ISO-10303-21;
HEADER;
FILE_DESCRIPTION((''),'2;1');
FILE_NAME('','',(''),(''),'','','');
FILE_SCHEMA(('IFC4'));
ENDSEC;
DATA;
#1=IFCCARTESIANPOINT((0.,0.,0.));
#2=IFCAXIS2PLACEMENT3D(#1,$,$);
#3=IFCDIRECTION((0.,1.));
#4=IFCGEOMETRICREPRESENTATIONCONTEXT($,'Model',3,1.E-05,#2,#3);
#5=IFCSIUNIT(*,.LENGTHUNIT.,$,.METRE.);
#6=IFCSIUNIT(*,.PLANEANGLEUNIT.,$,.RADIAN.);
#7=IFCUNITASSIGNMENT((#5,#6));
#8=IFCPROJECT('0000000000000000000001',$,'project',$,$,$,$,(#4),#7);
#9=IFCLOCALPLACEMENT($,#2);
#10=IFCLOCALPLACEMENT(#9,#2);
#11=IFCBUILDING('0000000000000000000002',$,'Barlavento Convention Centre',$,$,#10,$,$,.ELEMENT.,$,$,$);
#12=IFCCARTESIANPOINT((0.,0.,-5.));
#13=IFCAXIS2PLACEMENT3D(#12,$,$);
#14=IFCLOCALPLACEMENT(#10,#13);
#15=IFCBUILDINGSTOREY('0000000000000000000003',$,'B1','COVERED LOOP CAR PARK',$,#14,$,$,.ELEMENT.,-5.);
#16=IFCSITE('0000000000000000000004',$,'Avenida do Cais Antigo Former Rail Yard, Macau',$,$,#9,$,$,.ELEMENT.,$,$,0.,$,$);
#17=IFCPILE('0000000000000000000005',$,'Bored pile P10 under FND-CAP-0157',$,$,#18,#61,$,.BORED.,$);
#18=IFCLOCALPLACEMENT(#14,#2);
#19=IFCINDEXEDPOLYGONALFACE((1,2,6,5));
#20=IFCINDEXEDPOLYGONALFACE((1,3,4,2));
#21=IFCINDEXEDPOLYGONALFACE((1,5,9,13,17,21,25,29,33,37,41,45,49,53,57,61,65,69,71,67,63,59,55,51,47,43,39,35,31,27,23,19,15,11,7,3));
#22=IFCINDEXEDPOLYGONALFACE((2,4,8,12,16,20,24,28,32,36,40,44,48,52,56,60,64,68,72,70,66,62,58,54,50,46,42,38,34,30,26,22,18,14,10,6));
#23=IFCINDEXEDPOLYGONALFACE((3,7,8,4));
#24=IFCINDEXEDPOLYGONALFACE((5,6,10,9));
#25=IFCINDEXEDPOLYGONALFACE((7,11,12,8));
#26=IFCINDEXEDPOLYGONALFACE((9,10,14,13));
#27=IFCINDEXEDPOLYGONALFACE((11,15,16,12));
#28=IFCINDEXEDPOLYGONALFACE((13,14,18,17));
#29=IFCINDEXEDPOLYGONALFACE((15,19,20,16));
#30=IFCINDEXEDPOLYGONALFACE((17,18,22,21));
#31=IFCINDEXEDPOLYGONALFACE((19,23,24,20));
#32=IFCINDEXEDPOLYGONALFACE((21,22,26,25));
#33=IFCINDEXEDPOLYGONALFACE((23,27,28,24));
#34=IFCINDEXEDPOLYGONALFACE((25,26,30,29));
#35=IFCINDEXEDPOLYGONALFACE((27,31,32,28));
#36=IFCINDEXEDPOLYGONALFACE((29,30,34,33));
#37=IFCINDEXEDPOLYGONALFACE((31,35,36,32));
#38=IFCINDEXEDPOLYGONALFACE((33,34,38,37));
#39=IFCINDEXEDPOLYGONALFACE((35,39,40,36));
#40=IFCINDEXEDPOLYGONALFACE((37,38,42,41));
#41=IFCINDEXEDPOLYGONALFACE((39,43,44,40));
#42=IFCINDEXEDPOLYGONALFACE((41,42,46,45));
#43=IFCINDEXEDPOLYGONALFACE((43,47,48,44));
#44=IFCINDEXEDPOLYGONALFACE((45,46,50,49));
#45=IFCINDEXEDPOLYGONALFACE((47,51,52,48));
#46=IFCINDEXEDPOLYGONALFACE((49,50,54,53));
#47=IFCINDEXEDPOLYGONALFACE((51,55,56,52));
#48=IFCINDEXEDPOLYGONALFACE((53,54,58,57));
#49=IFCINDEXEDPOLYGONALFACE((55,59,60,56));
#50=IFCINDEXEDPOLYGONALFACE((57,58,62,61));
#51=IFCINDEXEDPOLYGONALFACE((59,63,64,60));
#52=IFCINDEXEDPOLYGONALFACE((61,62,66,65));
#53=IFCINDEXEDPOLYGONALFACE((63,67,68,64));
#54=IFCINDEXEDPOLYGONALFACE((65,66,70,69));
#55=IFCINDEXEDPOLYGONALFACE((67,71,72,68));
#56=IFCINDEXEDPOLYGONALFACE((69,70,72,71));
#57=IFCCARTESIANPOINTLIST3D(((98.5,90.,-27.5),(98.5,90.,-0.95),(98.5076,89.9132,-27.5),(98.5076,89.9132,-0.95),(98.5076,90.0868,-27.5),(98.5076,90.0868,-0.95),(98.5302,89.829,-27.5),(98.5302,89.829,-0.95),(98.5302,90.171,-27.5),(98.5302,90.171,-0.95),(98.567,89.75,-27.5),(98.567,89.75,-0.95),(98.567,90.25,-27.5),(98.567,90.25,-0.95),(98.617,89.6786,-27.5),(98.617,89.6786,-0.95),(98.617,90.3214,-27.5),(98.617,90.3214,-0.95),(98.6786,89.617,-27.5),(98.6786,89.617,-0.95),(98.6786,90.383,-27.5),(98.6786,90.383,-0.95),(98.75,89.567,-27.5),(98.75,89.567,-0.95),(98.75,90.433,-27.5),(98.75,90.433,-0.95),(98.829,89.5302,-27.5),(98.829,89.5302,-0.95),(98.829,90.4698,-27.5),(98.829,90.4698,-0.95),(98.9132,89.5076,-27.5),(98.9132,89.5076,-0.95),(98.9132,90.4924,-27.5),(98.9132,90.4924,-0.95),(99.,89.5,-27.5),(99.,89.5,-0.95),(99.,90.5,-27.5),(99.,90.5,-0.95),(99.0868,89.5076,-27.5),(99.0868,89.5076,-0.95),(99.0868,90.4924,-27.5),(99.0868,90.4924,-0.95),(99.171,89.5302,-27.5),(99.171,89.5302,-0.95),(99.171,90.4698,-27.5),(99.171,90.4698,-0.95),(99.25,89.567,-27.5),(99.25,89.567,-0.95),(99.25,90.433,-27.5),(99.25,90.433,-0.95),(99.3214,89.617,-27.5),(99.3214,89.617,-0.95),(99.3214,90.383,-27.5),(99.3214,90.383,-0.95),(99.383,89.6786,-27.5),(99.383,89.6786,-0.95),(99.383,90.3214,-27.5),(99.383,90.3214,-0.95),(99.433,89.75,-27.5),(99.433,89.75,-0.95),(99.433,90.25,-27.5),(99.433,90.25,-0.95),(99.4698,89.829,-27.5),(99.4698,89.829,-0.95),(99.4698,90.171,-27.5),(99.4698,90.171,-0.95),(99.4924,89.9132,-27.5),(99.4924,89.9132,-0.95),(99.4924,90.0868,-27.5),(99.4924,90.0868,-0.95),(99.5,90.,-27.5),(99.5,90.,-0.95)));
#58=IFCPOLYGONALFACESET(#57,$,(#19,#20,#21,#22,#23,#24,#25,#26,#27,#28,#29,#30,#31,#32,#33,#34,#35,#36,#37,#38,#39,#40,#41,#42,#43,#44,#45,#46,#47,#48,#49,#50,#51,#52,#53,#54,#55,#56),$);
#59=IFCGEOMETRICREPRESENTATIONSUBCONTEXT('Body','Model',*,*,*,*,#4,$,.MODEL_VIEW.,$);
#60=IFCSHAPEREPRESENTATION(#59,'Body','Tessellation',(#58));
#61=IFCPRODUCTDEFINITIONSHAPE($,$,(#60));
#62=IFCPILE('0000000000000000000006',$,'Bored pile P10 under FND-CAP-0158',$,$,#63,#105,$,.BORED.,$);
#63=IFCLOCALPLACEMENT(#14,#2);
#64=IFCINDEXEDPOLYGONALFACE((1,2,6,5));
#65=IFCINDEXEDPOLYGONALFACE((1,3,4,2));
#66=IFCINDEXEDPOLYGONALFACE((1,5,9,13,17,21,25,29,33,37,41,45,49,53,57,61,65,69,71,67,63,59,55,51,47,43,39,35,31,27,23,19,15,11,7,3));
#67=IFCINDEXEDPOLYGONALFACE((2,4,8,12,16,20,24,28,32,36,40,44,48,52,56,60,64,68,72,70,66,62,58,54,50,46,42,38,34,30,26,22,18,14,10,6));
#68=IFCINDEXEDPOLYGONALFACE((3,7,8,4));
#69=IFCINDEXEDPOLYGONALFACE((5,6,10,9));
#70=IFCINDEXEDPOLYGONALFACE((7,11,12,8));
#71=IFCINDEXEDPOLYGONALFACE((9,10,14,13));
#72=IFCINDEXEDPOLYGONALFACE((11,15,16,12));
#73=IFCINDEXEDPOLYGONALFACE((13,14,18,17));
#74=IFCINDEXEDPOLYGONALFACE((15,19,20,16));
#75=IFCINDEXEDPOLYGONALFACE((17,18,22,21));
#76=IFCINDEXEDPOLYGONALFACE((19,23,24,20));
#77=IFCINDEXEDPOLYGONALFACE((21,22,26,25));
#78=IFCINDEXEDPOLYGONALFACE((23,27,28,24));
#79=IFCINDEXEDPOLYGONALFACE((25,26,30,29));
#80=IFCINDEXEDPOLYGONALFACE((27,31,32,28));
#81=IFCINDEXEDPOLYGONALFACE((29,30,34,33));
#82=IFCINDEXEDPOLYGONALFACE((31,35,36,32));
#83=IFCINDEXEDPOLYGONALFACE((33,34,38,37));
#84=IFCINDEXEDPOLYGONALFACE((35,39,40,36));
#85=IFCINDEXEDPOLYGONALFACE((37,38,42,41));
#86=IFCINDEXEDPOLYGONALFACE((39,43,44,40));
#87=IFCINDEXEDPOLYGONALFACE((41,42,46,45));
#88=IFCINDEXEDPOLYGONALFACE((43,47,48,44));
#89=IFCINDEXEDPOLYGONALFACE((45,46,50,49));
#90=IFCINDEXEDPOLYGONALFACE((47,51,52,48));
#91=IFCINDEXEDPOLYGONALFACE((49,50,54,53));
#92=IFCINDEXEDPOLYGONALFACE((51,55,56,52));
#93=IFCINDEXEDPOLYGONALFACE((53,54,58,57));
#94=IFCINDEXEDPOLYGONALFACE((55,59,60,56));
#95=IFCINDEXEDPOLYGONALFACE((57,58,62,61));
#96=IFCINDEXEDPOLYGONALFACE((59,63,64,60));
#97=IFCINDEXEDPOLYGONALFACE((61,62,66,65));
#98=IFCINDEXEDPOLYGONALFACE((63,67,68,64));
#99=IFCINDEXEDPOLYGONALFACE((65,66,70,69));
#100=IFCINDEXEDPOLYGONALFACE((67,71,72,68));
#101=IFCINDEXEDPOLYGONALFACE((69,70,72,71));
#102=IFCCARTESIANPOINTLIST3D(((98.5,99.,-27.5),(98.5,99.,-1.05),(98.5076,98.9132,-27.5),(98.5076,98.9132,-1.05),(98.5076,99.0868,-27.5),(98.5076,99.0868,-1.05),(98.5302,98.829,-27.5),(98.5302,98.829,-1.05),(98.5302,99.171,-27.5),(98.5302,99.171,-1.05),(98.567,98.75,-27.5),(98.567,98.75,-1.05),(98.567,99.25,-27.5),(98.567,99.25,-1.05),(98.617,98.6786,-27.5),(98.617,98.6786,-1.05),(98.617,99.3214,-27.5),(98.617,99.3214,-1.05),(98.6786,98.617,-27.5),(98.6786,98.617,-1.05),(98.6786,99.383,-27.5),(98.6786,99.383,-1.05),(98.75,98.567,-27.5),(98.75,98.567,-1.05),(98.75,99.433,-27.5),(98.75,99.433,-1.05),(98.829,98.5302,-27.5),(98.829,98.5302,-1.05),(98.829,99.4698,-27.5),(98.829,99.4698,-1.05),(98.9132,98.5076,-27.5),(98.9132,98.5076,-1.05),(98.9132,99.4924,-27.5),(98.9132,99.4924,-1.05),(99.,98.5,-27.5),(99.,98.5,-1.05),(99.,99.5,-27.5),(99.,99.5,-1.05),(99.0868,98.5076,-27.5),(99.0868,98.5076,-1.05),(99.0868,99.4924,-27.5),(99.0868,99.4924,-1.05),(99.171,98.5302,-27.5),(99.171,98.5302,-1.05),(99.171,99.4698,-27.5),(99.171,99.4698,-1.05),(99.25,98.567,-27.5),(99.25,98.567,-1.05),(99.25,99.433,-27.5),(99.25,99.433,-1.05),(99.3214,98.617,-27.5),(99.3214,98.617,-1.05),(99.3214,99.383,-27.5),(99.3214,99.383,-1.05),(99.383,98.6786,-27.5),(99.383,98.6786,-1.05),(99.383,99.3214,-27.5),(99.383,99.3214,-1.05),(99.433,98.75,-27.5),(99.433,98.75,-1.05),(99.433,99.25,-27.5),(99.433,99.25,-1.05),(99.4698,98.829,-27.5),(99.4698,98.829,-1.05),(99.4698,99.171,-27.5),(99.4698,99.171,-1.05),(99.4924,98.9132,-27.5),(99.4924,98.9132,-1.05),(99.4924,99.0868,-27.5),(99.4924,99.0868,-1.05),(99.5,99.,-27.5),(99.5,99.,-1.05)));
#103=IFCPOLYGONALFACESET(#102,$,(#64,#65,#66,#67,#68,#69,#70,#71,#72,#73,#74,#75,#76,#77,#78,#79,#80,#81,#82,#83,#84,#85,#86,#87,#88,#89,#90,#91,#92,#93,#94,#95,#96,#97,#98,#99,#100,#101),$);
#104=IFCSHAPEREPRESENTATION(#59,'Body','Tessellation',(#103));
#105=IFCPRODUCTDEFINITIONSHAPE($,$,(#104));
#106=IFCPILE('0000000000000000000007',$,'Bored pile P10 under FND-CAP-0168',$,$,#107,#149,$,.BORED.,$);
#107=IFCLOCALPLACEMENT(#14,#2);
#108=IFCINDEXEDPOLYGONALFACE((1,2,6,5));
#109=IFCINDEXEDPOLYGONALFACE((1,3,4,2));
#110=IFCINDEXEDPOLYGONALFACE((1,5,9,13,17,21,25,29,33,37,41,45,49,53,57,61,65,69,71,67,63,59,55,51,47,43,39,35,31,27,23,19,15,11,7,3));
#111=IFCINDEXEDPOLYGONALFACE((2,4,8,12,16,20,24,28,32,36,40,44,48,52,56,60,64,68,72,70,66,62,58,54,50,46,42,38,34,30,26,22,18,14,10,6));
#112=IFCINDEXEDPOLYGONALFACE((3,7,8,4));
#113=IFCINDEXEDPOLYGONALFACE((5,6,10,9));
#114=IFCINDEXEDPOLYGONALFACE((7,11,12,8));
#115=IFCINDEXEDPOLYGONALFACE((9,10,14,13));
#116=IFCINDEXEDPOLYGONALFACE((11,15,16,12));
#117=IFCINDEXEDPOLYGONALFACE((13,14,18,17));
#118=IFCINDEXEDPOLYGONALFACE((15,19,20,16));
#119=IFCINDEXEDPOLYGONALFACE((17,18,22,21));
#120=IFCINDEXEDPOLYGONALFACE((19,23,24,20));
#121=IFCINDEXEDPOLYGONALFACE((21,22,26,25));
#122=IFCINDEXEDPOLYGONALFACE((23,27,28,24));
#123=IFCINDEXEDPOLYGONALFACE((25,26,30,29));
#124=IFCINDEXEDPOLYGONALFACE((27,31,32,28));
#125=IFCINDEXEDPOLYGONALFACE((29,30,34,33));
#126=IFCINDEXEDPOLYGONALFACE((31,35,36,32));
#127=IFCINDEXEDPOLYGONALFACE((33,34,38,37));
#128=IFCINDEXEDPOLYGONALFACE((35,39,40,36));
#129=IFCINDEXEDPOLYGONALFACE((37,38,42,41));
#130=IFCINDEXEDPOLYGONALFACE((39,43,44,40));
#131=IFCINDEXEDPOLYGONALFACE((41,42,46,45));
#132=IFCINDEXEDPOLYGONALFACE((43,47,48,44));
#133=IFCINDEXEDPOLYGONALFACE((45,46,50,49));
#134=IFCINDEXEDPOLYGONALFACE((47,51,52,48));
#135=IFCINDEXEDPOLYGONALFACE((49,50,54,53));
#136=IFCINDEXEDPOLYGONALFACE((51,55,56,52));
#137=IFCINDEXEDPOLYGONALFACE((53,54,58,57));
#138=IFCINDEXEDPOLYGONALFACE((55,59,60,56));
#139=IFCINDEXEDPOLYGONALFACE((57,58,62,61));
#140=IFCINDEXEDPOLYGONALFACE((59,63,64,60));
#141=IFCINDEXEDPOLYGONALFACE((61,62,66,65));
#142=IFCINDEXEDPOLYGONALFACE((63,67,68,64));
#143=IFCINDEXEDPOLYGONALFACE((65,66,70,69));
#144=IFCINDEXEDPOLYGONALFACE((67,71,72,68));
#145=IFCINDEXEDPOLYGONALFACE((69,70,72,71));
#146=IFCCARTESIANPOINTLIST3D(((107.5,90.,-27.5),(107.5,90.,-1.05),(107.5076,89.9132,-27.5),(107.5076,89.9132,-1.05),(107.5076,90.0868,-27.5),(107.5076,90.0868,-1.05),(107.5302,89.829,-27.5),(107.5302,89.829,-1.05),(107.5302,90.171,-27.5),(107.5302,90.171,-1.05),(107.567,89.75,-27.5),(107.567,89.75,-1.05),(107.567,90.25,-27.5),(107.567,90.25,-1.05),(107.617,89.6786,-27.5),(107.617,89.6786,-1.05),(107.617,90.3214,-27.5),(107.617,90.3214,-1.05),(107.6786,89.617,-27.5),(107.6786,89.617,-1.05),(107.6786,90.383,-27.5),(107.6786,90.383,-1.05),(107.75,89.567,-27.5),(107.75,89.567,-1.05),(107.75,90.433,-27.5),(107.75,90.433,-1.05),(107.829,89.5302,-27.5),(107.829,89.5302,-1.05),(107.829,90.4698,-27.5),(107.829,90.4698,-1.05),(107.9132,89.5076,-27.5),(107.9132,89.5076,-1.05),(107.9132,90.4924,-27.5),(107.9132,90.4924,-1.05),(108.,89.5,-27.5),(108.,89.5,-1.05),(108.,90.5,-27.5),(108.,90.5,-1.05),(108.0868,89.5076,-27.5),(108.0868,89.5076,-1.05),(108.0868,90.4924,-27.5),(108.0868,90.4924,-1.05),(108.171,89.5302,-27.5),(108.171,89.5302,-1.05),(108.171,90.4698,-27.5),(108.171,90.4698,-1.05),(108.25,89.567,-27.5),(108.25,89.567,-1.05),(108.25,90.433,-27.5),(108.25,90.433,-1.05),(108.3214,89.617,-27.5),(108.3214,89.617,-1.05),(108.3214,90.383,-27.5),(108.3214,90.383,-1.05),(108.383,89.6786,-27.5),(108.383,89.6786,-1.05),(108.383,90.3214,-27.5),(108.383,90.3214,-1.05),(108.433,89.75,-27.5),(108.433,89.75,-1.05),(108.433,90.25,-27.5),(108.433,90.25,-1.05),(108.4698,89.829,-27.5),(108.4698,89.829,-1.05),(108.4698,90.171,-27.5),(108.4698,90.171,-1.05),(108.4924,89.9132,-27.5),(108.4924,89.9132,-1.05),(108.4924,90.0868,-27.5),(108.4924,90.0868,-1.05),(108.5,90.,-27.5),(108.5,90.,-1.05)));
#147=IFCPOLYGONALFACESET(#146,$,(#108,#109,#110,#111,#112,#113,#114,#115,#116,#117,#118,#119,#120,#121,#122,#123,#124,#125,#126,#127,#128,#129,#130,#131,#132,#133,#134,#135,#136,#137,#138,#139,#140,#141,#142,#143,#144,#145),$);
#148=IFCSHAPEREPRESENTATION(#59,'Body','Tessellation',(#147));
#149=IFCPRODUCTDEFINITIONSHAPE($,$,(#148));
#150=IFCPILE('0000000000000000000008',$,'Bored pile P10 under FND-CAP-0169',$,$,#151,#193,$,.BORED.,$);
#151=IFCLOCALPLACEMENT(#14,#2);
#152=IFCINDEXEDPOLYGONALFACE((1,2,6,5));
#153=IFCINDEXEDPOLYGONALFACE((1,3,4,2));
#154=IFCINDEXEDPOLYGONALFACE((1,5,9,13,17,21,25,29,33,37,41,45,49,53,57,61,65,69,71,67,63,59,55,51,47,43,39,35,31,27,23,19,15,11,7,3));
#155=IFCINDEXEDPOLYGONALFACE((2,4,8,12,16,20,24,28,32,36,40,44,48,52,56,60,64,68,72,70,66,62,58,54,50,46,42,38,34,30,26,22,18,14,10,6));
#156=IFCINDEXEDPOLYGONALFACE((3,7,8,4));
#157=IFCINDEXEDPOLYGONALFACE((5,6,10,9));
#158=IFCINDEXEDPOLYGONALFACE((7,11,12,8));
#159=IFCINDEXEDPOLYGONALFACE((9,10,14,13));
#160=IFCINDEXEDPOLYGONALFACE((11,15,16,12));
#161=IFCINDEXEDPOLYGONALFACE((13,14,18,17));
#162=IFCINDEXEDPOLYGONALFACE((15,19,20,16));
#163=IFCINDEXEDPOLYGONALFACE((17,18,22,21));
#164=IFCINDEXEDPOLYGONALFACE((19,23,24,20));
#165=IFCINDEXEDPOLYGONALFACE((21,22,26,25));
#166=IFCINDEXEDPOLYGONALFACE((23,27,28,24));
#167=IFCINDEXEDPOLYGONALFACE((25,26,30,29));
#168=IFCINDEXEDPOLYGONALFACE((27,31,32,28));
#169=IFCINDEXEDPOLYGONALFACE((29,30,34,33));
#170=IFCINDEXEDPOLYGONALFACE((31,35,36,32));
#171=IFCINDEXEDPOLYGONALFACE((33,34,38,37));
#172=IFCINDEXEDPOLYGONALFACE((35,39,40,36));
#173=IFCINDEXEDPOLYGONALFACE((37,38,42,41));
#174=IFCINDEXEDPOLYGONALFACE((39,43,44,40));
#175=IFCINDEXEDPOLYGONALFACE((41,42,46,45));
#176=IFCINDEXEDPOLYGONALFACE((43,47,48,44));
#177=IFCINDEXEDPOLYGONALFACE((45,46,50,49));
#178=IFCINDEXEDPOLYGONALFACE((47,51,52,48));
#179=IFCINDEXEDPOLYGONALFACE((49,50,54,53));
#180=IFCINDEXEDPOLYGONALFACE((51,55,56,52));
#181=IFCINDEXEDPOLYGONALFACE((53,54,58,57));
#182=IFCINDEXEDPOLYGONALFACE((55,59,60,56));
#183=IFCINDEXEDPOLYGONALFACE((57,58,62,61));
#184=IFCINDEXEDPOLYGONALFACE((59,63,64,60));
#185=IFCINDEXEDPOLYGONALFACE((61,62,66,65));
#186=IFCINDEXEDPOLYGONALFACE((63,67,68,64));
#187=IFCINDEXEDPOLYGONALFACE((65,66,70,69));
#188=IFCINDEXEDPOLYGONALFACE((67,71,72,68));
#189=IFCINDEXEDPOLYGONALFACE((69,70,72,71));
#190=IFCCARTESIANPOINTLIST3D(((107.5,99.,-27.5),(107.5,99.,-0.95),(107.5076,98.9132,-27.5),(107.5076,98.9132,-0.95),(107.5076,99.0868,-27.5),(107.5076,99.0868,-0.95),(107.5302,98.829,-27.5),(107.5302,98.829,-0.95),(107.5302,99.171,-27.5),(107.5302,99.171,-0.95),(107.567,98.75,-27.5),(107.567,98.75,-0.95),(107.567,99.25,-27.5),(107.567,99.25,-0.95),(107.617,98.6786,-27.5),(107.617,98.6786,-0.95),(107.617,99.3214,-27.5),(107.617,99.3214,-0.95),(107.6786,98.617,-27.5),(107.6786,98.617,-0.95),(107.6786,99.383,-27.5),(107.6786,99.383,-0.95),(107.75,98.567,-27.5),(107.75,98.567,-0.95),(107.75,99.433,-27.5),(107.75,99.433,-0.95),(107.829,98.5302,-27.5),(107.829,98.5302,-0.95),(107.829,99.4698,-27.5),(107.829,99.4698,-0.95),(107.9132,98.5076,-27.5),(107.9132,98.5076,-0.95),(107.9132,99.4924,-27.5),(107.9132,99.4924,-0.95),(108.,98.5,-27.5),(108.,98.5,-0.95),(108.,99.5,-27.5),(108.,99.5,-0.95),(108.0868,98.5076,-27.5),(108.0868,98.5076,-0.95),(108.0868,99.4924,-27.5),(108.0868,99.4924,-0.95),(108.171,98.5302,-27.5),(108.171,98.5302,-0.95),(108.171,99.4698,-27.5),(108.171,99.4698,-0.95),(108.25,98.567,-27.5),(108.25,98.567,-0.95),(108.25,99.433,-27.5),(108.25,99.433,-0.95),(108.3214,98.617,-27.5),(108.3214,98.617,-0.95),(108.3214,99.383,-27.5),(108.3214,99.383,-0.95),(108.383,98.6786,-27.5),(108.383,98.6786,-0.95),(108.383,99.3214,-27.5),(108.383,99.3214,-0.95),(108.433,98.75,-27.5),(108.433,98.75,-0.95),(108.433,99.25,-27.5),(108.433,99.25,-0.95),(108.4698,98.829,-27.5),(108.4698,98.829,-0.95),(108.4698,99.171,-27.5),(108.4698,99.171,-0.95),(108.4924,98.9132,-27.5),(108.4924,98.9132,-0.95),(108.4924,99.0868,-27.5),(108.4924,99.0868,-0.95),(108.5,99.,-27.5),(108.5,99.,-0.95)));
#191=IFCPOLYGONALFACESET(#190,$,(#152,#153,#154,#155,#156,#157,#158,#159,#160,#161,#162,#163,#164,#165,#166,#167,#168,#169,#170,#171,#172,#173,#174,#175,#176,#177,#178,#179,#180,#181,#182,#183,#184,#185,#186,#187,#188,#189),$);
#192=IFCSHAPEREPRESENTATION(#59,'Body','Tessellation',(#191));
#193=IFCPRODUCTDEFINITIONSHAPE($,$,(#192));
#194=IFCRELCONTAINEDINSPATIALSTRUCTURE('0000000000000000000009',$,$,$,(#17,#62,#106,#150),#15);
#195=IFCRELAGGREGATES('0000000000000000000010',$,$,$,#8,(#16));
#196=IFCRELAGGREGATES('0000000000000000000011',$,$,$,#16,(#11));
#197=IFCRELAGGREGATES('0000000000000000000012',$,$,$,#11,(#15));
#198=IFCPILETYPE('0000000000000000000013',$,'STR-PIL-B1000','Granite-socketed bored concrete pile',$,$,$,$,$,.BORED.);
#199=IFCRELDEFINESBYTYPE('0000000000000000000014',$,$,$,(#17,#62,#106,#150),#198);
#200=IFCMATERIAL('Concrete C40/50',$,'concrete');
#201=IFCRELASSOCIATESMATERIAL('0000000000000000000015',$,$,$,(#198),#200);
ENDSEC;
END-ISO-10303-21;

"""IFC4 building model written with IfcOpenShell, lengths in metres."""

from ifc_helpers import new_model, si_unit, direction, frame, origin, origin_2d, place, context, subcontext, project, spatial, circle, extrude, material, material_profile, profile_set, type_object, element, save


model = new_model("IFC4")

# Units and contexts
model_context = context("Model", 3, precision=1e-05, world=origin(), true_north=direction((0.0, 1.0)))
body_context = subcontext(model_context, "Body", "Model", "MODEL_VIEW")
ifc_project = project(units=[si_unit("LENGTHUNIT", "METRE"), si_unit("PLANEANGLEUNIT", "RADIAN")], contexts=[model_context])

# Site, building, storey
site_placement = place(None, origin())
site = spatial("IfcSite", under=ifc_project, at=site_placement, Name="Avenida do Cais Antigo Former Rail Yard, Macau", CompositionType="ELEMENT", RefElevation=0.0)
building_placement = place(site_placement, origin())
building = spatial("IfcBuilding", under=site, at=building_placement, Name="Barlavento Convention Centre", CompositionType="ELEMENT")
storey_placement = place(building_placement, frame((0.0, 0.0, -5.0)))
storey = spatial("IfcBuildingStorey", under=building, at=storey_placement, Name="B1", Description="COVERED LOOP CAR PARK", CompositionType="ELEMENT", Elevation=-5.0)

# Shared definitions
ifc_material_1 = material(Name="Concrete C40/50", Category="concrete")

# Piles
ifc_material_profile_1 = material_profile(ifc_material_1, circle(Radius=0.5, at=origin_2d()), Name="BORED PILE 1000")
ifc_profile_set_1 = profile_set([ifc_material_profile_1], Name="Concrete C40/50")
pile_type_1 = type_object("IfcPileType", Name="STR-PIL-B1000", Description="Granite-socketed bored concrete pile", PredefinedType="BORED", material=ifc_profile_set_1)
pile_1_placement = place(storey_placement, frame((99.0, 90.0, -0.95), z_axis=(0.0, 0.0, -1.0), x_axis=(1.0, 0.0, 0.0)))
element("IfcPile", 1, at=pile_1_placement, inside=storey, type_object=pile_type_1, Name="Bored pile P10 under FND-CAP-0157", PredefinedType="BORED", context=body_context, shape_type="SweptSolid", body=[
    extrude(circle(Radius=0.5, at=origin_2d()), origin(), (0.0, 0.0, 1.0), 26.55),
])
for number, where, z_axis, x_axis, name in (
    (2, (99.0, 99.0, -1.05), (0.0, 0.0, -1.0), (1.0, 0.0, 0.0), "Bored pile P10 under FND-CAP-0158"),
    (3, (108.0, 90.0, -1.05), (0.0, 0.0, -1.0), (1.0, 0.0, 0.0), "Bored pile P10 under FND-CAP-0168"),
):
    element("IfcPile", number, at=place(storey_placement, frame(where, z_axis=z_axis, x_axis=x_axis)), inside=storey, type_object=pile_type_1, Name=name, PredefinedType="BORED", context=body_context, shape_type="SweptSolid", body=[
        extrude(circle(Radius=0.5, at=origin_2d()), origin(), (0.0, 0.0, 1.0), 26.45),
    ])
pile_2_placement = place(storey_placement, frame((108.0, 99.0, -0.95), z_axis=(0.0, 0.0, -1.0), x_axis=(1.0, 0.0, 0.0)))
element("IfcPile", 4, at=pile_2_placement, inside=storey, type_object=pile_type_1, Name="Bored pile P10 under FND-CAP-0169", PredefinedType="BORED", context=body_context, shape_type="SweptSolid", body=[
    extrude(circle(Radius=0.5, at=origin_2d()), origin(), (0.0, 0.0, 1.0), 26.55),
])

save(model, "model.ifc")
